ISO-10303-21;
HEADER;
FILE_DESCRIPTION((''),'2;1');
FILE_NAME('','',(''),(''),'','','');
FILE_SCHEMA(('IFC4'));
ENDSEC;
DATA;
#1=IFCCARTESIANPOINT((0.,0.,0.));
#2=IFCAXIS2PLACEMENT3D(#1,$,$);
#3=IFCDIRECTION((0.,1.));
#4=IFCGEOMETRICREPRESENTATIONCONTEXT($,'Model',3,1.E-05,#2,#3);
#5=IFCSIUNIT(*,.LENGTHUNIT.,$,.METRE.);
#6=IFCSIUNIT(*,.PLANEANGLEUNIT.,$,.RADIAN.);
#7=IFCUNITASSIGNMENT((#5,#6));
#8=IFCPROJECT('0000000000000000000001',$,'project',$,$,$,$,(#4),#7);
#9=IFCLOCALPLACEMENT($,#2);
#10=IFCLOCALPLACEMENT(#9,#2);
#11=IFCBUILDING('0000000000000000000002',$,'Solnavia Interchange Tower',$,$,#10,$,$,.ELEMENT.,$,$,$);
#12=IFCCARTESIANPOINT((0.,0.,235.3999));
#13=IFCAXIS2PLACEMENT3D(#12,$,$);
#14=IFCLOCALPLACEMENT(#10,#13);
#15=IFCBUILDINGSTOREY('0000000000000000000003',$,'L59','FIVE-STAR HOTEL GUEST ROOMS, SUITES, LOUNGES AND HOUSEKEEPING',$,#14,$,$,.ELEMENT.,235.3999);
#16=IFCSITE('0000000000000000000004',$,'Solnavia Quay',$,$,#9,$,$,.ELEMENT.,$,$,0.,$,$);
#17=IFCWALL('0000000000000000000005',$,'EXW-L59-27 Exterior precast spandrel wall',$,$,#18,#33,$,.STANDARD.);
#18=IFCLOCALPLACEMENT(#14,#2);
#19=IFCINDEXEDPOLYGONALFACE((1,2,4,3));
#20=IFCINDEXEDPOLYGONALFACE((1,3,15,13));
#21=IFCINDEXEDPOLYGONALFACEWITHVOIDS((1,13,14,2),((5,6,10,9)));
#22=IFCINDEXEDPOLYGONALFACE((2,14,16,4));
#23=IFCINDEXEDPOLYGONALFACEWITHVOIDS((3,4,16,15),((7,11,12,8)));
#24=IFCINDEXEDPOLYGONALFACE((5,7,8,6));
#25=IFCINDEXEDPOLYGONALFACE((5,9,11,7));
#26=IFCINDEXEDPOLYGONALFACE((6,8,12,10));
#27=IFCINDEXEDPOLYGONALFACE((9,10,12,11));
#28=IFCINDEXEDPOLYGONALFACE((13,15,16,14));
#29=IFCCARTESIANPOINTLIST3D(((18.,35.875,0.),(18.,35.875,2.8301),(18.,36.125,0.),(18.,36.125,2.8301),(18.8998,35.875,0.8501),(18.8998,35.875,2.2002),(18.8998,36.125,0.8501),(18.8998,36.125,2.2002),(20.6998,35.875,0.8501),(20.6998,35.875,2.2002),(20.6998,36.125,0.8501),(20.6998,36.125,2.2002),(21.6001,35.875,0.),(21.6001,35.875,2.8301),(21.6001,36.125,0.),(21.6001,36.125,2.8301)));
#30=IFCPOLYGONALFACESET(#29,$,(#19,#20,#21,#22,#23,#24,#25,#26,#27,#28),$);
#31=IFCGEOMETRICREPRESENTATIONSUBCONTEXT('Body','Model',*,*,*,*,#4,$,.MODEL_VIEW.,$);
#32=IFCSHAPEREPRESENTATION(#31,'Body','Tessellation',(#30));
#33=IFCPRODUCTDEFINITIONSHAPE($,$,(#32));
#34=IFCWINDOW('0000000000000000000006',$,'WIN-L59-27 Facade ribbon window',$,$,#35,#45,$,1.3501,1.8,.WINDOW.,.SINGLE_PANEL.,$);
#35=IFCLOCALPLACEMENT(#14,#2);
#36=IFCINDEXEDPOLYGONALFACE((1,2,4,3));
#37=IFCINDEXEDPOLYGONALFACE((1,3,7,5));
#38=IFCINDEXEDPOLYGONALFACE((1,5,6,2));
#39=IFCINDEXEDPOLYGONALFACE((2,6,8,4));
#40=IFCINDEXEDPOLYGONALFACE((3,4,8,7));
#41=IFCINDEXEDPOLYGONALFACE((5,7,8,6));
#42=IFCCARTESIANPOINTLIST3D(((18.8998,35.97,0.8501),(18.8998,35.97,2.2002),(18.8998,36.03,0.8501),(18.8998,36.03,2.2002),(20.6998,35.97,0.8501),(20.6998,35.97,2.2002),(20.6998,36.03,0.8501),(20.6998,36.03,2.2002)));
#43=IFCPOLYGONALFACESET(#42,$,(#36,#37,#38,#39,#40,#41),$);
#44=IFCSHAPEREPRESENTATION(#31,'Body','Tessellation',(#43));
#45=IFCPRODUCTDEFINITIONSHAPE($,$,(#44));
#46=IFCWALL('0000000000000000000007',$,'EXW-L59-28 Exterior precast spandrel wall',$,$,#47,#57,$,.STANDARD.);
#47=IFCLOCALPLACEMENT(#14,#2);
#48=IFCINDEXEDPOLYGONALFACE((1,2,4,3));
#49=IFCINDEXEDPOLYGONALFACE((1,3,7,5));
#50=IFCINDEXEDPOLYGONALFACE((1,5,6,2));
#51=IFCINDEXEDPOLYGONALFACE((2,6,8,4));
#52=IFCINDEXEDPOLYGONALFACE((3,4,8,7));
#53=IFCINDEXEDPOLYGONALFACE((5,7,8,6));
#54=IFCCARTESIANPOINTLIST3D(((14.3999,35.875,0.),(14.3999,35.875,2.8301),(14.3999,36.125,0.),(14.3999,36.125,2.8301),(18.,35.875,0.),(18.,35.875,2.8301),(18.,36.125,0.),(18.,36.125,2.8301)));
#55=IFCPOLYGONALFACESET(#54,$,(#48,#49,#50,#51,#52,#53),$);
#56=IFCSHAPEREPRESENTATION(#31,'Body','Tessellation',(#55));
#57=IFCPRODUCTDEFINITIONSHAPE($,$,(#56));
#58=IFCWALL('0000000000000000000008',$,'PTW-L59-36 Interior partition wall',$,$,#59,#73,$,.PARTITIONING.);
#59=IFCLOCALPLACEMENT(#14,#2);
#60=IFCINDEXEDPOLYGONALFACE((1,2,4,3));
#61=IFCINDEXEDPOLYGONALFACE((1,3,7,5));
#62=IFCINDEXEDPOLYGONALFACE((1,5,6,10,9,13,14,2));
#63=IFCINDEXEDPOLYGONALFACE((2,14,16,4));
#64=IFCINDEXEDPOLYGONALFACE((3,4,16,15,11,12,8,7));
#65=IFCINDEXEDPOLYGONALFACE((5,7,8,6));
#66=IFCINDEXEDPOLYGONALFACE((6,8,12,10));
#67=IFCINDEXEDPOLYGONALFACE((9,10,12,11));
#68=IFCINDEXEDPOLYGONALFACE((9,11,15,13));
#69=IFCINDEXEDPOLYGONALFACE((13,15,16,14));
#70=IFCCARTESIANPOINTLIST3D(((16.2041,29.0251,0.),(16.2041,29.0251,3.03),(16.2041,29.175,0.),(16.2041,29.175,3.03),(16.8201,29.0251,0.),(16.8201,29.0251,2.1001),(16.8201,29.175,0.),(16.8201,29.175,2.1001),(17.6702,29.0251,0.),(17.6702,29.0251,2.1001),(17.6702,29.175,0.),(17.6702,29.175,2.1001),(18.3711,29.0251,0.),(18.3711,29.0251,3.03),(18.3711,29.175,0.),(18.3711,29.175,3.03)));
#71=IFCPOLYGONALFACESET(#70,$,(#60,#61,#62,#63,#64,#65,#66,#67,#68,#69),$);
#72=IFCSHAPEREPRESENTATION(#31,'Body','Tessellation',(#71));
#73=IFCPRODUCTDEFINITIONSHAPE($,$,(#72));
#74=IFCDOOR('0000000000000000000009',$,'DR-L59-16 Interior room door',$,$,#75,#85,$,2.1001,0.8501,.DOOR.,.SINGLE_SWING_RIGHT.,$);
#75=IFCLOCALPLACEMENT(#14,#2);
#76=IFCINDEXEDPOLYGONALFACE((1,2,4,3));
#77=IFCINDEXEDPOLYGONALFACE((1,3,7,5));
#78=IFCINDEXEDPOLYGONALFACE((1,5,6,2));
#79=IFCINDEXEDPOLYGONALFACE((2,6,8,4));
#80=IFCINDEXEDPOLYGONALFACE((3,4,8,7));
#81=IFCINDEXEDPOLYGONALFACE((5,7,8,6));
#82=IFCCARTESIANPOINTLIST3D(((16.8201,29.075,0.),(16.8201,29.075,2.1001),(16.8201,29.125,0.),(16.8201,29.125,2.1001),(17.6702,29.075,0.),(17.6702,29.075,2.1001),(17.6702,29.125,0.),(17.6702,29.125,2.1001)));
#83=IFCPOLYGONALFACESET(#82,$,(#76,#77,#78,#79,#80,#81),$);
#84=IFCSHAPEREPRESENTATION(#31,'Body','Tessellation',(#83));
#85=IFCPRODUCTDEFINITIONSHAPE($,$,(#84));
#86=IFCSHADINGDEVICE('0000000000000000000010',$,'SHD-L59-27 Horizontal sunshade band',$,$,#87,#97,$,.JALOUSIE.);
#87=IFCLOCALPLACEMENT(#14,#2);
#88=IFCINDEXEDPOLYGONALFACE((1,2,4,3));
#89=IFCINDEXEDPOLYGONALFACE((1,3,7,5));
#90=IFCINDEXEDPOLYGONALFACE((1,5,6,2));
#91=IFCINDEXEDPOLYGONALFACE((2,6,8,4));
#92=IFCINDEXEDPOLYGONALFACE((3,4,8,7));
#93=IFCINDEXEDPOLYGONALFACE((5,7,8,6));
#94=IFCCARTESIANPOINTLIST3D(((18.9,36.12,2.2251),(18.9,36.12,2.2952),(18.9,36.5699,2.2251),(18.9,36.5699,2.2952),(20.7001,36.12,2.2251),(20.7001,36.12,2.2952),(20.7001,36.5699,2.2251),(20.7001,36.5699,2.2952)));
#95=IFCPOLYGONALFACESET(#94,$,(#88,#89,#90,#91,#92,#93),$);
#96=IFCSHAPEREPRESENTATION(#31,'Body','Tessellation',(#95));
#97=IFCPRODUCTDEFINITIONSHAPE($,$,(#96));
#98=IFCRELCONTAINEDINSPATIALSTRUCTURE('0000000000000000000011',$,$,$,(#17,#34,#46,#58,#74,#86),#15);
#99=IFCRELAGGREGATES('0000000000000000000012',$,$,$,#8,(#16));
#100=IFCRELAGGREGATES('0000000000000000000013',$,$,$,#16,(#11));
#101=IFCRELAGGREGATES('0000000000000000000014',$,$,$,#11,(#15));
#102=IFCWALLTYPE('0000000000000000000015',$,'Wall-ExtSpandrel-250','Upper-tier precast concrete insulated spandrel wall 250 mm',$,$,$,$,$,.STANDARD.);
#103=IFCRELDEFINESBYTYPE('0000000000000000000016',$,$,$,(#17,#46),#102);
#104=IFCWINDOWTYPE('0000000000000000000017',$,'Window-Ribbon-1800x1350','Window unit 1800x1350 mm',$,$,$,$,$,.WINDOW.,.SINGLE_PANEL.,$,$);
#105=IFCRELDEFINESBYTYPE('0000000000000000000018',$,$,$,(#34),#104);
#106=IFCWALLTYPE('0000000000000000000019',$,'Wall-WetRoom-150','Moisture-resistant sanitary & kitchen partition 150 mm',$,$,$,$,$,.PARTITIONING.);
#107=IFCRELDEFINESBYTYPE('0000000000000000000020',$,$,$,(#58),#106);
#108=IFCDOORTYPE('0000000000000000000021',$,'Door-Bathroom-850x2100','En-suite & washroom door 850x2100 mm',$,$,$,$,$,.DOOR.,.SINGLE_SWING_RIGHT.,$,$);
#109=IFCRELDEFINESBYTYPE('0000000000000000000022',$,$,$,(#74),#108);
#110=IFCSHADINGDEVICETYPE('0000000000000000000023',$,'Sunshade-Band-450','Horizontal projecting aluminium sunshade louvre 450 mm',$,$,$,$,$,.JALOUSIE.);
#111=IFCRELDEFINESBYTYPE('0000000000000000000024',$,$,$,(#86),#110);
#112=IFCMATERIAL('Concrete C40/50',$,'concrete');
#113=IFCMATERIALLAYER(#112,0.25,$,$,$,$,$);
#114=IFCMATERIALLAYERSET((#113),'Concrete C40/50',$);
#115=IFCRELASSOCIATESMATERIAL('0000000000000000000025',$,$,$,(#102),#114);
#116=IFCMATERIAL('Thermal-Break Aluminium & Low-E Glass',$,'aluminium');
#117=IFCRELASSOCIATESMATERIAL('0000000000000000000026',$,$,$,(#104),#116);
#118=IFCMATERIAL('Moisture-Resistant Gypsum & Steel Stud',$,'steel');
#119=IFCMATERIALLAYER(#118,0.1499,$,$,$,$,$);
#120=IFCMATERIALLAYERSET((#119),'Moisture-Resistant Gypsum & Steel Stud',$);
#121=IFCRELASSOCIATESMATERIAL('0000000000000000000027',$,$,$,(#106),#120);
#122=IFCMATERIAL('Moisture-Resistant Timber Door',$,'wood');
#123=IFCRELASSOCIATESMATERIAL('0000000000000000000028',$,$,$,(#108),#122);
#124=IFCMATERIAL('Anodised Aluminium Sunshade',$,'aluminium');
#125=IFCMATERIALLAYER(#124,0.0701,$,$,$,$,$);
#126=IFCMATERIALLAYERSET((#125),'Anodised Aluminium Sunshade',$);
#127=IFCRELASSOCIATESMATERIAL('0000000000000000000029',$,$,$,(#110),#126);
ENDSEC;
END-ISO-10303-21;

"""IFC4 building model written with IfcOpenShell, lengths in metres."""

from ifc_helpers import new_model, si_unit, direction, frame, frame_2d, origin, origin_2d, place, context, subcontext, project, spatial, rectangle, extrude, material, layer, layer_set, type_object, element, fill, save


model = new_model("IFC4")

# Units and contexts
model_context = context("Model", 3, precision=1e-05, world=origin(), true_north=direction((0.0, 1.0)))
body_context = subcontext(model_context, "Body", "Model", "MODEL_VIEW")
ifc_project = project(units=[si_unit("LENGTHUNIT", "METRE"), si_unit("PLANEANGLEUNIT", "RADIAN")], contexts=[model_context])

# Site, building, storey
site_placement = place(None, origin())
site = spatial("IfcSite", under=ifc_project, at=site_placement, Name="Solnavia Quay", CompositionType="ELEMENT", RefElevation=0.0)
building_placement = place(site_placement, origin())
building = spatial("IfcBuilding", under=site, at=building_placement, Name="Solnavia Interchange Tower", CompositionType="ELEMENT")
storey_placement = place(building_placement, frame((0.0, 0.0, 235.3999)))
storey = spatial("IfcBuildingStorey", under=building, at=storey_placement, Name="L59", Description="FIVE-STAR HOTEL GUEST ROOMS, SUITES, LOUNGES AND HOUSEKEEPING", CompositionType="ELEMENT", Elevation=235.3999)

# Shared definitions
ifc_material_1 = material(Name="Concrete C40/50", Category="concrete")
ifc_layer_1 = layer(ifc_material_1, 0.25)
ifc_layer_set_1 = layer_set([ifc_layer_1], Name="Concrete C40/50")
wall_type_1 = type_object("IfcWallType", Name="Wall-ExtSpandrel-250", Description="Upper-tier precast concrete insulated spandrel wall 250 mm", PredefinedType="STANDARD", material=ifc_layer_set_1)

# Wall, opening, window
wall_1_placement = place(storey_placement, frame((18.0, 36.0, 0.0), z_axis=(0.0, 0.0, 1.0), x_axis=(1.0, 0.0, 0.0)))
wall_1 = element("IfcWall", 1, at=wall_1_placement, inside=storey, type_object=wall_type_1, Name="EXW-L59-27 Exterior precast spandrel wall", PredefinedType="STANDARD", context=body_context, shape_type="SweptSolid", body=[
    extrude(rectangle(XDim=3.6001, YDim=0.25, at=frame_2d((1.8, 0.0))), origin(), (0.0, 0.0, 1.0), 2.8301),
])
opening_1_placement = place(wall_1_placement, frame((0.8999, 0.0, 0.8501)))
opening_1 = element("IfcOpeningElement", 2, at=opening_1_placement, cuts=wall_1, PredefinedType="OPENING", context=body_context, shape_type="SweptSolid", body=[
    extrude(rectangle(XDim=1.8, YDim=1.3501, at=frame_2d((0.8999, 0.675))), frame((0.0, 0.135, 0.0), z_axis=(0.0, -1.0, 0.0), x_axis=(1.0, 0.0, 0.0)), (0.0, 0.0, 1.0), 0.27),
])
ifc_material_2 = material(Name="Thermal-Break Aluminium & Low-E Glass", Category="aluminium")
window_type = type_object("IfcWindowType", Name="Window-Ribbon-1800x1350", Description="Window unit 1800x1350 mm", PartitioningType="SINGLE_PANEL", PredefinedType="WINDOW", material=ifc_material_2)
window_placement = place(opening_1_placement, origin())
window = element("IfcWindow", 3, at=window_placement, inside=storey, type_object=window_type, Name="WIN-L59-27 Facade ribbon window", OverallHeight=1.3501, OverallWidth=1.8, PartitioningType="SINGLE_PANEL", PredefinedType="WINDOW", context=body_context, shape_type="SweptSolid", body=[
    extrude(rectangle(XDim=1.8, YDim=1.3501, at=frame_2d((0.8999, 0.675))), frame((0.0, 0.03, 0.0), z_axis=(0.0, -1.0, 0.0), x_axis=(1.0, 0.0, 0.0)), (0.0, 0.0, 1.0), 0.0601),
])
fill(opening_1, window)

# Wall
wall_2_placement = place(storey_placement, frame((14.3999, 36.0, 0.0), z_axis=(0.0, 0.0, 1.0), x_axis=(1.0, 0.0, 0.0)))
element("IfcWall", 4, at=wall_2_placement, inside=storey, type_object=wall_type_1, Name="EXW-L59-28 Exterior precast spandrel wall", PredefinedType="STANDARD", context=body_context, shape_type="SweptSolid", body=[
    extrude(rectangle(XDim=3.6001, YDim=0.25, at=frame_2d((1.8, 0.0))), origin(), (0.0, 0.0, 1.0), 2.8301),
])

# Wall, opening, door
ifc_material_3 = material(Name="Moisture-Resistant Gypsum & Steel Stud", Category="steel")
ifc_layer_2 = layer(ifc_material_3, 0.1499)
ifc_layer_set_2 = layer_set([ifc_layer_2], Name="Moisture-Resistant Gypsum & Steel Stud")
wall_type_2 = type_object("IfcWallType", Name="Wall-WetRoom-150", Description="Moisture-resistant sanitary & kitchen partition 150 mm", PredefinedType="PARTITIONING", material=ifc_layer_set_2)
wall_3_placement = place(storey_placement, frame((16.2041, 29.1001, 0.0), z_axis=(0.0, 0.0, 1.0), x_axis=(1.0, 0.0, 0.0)))
wall_3 = element("IfcWall", 5, at=wall_3_placement, inside=storey, type_object=wall_type_2, Name="PTW-L59-36 Interior partition wall", PredefinedType="PARTITIONING", context=body_context, shape_type="SweptSolid", body=[
    extrude(rectangle(XDim=2.167, YDim=0.1499, at=frame_2d((1.0835, 0.0))), origin(), (0.0, 0.0, 1.0), 3.03),
])
opening_2_placement = place(wall_3_placement, frame((0.616, 0.0, 0.0)))
opening_2 = element("IfcOpeningElement", 6, at=opening_2_placement, cuts=wall_3, PredefinedType="OPENING", context=body_context, shape_type="SweptSolid", body=[
    extrude(rectangle(XDim=0.8501, YDim=2.1001, at=frame_2d((0.425, 1.05))), frame((0.0, 0.085, 0.0), z_axis=(0.0, -1.0, 0.0), x_axis=(1.0, 0.0, 0.0)), (0.0, 0.0, 1.0), 0.1699),
])
ifc_material_4 = material(Name="Moisture-Resistant Timber Door", Category="wood")
door_type_1 = type_object("IfcDoorType", Name="Door-Bathroom-850x2100", Description="En-suite & washroom door 850x2100 mm", OperationType="SINGLE_SWING_RIGHT", PredefinedType="DOOR", material=ifc_material_4)
door_1_placement = place(opening_2_placement, origin())
door_1 = element("IfcDoor", 7, at=door_1_placement, inside=storey, type_object=door_type_1, Name="DR-L59-16 Interior room door", OperationType="SINGLE_SWING_RIGHT", OverallHeight=2.1001, OverallWidth=0.8501, PredefinedType="DOOR", context=body_context, shape_type="SweptSolid", body=[
    extrude(rectangle(XDim=0.8501, YDim=2.1001, at=frame_2d((0.425, 1.05))), frame((0.0, 0.0249, 0.0), z_axis=(0.0, -1.0, 0.0), x_axis=(1.0, 0.0, 0.0)), (0.0, 0.0, 1.0), 0.05),
])
fill(opening_2, door_1)

# Shading device
ifc_material_5 = material(Name="Anodised Aluminium Sunshade", Category="aluminium")
ifc_layer_3 = layer(ifc_material_5, 0.0701)
ifc_layer_set_3 = layer_set([ifc_layer_3], Name="Anodised Aluminium Sunshade")
shading_device_type = type_object("IfcShadingDeviceType", Name="Sunshade-Band-450", Description="Horizontal projecting aluminium sunshade louvre 450 mm", PredefinedType="JALOUSIE", material=ifc_layer_set_3)
shading_device_placement = place(storey_placement, frame((19.8, 36.345, 2.2251), z_axis=(0.0, 0.0, 1.0), x_axis=(1.0, 0.0, 0.0)))
element("IfcShadingDevice", 8, at=shading_device_placement, inside=storey, type_object=shading_device_type, Name="SHD-L59-27 Horizontal sunshade band", PredefinedType="JALOUSIE", context=body_context, shape_type="SweptSolid", body=[
    extrude(rectangle(XDim=1.8, YDim=0.45, at=origin_2d()), origin(), (0.0, 0.0, 1.0), 0.0701),
])

save(model, "model.ifc")
